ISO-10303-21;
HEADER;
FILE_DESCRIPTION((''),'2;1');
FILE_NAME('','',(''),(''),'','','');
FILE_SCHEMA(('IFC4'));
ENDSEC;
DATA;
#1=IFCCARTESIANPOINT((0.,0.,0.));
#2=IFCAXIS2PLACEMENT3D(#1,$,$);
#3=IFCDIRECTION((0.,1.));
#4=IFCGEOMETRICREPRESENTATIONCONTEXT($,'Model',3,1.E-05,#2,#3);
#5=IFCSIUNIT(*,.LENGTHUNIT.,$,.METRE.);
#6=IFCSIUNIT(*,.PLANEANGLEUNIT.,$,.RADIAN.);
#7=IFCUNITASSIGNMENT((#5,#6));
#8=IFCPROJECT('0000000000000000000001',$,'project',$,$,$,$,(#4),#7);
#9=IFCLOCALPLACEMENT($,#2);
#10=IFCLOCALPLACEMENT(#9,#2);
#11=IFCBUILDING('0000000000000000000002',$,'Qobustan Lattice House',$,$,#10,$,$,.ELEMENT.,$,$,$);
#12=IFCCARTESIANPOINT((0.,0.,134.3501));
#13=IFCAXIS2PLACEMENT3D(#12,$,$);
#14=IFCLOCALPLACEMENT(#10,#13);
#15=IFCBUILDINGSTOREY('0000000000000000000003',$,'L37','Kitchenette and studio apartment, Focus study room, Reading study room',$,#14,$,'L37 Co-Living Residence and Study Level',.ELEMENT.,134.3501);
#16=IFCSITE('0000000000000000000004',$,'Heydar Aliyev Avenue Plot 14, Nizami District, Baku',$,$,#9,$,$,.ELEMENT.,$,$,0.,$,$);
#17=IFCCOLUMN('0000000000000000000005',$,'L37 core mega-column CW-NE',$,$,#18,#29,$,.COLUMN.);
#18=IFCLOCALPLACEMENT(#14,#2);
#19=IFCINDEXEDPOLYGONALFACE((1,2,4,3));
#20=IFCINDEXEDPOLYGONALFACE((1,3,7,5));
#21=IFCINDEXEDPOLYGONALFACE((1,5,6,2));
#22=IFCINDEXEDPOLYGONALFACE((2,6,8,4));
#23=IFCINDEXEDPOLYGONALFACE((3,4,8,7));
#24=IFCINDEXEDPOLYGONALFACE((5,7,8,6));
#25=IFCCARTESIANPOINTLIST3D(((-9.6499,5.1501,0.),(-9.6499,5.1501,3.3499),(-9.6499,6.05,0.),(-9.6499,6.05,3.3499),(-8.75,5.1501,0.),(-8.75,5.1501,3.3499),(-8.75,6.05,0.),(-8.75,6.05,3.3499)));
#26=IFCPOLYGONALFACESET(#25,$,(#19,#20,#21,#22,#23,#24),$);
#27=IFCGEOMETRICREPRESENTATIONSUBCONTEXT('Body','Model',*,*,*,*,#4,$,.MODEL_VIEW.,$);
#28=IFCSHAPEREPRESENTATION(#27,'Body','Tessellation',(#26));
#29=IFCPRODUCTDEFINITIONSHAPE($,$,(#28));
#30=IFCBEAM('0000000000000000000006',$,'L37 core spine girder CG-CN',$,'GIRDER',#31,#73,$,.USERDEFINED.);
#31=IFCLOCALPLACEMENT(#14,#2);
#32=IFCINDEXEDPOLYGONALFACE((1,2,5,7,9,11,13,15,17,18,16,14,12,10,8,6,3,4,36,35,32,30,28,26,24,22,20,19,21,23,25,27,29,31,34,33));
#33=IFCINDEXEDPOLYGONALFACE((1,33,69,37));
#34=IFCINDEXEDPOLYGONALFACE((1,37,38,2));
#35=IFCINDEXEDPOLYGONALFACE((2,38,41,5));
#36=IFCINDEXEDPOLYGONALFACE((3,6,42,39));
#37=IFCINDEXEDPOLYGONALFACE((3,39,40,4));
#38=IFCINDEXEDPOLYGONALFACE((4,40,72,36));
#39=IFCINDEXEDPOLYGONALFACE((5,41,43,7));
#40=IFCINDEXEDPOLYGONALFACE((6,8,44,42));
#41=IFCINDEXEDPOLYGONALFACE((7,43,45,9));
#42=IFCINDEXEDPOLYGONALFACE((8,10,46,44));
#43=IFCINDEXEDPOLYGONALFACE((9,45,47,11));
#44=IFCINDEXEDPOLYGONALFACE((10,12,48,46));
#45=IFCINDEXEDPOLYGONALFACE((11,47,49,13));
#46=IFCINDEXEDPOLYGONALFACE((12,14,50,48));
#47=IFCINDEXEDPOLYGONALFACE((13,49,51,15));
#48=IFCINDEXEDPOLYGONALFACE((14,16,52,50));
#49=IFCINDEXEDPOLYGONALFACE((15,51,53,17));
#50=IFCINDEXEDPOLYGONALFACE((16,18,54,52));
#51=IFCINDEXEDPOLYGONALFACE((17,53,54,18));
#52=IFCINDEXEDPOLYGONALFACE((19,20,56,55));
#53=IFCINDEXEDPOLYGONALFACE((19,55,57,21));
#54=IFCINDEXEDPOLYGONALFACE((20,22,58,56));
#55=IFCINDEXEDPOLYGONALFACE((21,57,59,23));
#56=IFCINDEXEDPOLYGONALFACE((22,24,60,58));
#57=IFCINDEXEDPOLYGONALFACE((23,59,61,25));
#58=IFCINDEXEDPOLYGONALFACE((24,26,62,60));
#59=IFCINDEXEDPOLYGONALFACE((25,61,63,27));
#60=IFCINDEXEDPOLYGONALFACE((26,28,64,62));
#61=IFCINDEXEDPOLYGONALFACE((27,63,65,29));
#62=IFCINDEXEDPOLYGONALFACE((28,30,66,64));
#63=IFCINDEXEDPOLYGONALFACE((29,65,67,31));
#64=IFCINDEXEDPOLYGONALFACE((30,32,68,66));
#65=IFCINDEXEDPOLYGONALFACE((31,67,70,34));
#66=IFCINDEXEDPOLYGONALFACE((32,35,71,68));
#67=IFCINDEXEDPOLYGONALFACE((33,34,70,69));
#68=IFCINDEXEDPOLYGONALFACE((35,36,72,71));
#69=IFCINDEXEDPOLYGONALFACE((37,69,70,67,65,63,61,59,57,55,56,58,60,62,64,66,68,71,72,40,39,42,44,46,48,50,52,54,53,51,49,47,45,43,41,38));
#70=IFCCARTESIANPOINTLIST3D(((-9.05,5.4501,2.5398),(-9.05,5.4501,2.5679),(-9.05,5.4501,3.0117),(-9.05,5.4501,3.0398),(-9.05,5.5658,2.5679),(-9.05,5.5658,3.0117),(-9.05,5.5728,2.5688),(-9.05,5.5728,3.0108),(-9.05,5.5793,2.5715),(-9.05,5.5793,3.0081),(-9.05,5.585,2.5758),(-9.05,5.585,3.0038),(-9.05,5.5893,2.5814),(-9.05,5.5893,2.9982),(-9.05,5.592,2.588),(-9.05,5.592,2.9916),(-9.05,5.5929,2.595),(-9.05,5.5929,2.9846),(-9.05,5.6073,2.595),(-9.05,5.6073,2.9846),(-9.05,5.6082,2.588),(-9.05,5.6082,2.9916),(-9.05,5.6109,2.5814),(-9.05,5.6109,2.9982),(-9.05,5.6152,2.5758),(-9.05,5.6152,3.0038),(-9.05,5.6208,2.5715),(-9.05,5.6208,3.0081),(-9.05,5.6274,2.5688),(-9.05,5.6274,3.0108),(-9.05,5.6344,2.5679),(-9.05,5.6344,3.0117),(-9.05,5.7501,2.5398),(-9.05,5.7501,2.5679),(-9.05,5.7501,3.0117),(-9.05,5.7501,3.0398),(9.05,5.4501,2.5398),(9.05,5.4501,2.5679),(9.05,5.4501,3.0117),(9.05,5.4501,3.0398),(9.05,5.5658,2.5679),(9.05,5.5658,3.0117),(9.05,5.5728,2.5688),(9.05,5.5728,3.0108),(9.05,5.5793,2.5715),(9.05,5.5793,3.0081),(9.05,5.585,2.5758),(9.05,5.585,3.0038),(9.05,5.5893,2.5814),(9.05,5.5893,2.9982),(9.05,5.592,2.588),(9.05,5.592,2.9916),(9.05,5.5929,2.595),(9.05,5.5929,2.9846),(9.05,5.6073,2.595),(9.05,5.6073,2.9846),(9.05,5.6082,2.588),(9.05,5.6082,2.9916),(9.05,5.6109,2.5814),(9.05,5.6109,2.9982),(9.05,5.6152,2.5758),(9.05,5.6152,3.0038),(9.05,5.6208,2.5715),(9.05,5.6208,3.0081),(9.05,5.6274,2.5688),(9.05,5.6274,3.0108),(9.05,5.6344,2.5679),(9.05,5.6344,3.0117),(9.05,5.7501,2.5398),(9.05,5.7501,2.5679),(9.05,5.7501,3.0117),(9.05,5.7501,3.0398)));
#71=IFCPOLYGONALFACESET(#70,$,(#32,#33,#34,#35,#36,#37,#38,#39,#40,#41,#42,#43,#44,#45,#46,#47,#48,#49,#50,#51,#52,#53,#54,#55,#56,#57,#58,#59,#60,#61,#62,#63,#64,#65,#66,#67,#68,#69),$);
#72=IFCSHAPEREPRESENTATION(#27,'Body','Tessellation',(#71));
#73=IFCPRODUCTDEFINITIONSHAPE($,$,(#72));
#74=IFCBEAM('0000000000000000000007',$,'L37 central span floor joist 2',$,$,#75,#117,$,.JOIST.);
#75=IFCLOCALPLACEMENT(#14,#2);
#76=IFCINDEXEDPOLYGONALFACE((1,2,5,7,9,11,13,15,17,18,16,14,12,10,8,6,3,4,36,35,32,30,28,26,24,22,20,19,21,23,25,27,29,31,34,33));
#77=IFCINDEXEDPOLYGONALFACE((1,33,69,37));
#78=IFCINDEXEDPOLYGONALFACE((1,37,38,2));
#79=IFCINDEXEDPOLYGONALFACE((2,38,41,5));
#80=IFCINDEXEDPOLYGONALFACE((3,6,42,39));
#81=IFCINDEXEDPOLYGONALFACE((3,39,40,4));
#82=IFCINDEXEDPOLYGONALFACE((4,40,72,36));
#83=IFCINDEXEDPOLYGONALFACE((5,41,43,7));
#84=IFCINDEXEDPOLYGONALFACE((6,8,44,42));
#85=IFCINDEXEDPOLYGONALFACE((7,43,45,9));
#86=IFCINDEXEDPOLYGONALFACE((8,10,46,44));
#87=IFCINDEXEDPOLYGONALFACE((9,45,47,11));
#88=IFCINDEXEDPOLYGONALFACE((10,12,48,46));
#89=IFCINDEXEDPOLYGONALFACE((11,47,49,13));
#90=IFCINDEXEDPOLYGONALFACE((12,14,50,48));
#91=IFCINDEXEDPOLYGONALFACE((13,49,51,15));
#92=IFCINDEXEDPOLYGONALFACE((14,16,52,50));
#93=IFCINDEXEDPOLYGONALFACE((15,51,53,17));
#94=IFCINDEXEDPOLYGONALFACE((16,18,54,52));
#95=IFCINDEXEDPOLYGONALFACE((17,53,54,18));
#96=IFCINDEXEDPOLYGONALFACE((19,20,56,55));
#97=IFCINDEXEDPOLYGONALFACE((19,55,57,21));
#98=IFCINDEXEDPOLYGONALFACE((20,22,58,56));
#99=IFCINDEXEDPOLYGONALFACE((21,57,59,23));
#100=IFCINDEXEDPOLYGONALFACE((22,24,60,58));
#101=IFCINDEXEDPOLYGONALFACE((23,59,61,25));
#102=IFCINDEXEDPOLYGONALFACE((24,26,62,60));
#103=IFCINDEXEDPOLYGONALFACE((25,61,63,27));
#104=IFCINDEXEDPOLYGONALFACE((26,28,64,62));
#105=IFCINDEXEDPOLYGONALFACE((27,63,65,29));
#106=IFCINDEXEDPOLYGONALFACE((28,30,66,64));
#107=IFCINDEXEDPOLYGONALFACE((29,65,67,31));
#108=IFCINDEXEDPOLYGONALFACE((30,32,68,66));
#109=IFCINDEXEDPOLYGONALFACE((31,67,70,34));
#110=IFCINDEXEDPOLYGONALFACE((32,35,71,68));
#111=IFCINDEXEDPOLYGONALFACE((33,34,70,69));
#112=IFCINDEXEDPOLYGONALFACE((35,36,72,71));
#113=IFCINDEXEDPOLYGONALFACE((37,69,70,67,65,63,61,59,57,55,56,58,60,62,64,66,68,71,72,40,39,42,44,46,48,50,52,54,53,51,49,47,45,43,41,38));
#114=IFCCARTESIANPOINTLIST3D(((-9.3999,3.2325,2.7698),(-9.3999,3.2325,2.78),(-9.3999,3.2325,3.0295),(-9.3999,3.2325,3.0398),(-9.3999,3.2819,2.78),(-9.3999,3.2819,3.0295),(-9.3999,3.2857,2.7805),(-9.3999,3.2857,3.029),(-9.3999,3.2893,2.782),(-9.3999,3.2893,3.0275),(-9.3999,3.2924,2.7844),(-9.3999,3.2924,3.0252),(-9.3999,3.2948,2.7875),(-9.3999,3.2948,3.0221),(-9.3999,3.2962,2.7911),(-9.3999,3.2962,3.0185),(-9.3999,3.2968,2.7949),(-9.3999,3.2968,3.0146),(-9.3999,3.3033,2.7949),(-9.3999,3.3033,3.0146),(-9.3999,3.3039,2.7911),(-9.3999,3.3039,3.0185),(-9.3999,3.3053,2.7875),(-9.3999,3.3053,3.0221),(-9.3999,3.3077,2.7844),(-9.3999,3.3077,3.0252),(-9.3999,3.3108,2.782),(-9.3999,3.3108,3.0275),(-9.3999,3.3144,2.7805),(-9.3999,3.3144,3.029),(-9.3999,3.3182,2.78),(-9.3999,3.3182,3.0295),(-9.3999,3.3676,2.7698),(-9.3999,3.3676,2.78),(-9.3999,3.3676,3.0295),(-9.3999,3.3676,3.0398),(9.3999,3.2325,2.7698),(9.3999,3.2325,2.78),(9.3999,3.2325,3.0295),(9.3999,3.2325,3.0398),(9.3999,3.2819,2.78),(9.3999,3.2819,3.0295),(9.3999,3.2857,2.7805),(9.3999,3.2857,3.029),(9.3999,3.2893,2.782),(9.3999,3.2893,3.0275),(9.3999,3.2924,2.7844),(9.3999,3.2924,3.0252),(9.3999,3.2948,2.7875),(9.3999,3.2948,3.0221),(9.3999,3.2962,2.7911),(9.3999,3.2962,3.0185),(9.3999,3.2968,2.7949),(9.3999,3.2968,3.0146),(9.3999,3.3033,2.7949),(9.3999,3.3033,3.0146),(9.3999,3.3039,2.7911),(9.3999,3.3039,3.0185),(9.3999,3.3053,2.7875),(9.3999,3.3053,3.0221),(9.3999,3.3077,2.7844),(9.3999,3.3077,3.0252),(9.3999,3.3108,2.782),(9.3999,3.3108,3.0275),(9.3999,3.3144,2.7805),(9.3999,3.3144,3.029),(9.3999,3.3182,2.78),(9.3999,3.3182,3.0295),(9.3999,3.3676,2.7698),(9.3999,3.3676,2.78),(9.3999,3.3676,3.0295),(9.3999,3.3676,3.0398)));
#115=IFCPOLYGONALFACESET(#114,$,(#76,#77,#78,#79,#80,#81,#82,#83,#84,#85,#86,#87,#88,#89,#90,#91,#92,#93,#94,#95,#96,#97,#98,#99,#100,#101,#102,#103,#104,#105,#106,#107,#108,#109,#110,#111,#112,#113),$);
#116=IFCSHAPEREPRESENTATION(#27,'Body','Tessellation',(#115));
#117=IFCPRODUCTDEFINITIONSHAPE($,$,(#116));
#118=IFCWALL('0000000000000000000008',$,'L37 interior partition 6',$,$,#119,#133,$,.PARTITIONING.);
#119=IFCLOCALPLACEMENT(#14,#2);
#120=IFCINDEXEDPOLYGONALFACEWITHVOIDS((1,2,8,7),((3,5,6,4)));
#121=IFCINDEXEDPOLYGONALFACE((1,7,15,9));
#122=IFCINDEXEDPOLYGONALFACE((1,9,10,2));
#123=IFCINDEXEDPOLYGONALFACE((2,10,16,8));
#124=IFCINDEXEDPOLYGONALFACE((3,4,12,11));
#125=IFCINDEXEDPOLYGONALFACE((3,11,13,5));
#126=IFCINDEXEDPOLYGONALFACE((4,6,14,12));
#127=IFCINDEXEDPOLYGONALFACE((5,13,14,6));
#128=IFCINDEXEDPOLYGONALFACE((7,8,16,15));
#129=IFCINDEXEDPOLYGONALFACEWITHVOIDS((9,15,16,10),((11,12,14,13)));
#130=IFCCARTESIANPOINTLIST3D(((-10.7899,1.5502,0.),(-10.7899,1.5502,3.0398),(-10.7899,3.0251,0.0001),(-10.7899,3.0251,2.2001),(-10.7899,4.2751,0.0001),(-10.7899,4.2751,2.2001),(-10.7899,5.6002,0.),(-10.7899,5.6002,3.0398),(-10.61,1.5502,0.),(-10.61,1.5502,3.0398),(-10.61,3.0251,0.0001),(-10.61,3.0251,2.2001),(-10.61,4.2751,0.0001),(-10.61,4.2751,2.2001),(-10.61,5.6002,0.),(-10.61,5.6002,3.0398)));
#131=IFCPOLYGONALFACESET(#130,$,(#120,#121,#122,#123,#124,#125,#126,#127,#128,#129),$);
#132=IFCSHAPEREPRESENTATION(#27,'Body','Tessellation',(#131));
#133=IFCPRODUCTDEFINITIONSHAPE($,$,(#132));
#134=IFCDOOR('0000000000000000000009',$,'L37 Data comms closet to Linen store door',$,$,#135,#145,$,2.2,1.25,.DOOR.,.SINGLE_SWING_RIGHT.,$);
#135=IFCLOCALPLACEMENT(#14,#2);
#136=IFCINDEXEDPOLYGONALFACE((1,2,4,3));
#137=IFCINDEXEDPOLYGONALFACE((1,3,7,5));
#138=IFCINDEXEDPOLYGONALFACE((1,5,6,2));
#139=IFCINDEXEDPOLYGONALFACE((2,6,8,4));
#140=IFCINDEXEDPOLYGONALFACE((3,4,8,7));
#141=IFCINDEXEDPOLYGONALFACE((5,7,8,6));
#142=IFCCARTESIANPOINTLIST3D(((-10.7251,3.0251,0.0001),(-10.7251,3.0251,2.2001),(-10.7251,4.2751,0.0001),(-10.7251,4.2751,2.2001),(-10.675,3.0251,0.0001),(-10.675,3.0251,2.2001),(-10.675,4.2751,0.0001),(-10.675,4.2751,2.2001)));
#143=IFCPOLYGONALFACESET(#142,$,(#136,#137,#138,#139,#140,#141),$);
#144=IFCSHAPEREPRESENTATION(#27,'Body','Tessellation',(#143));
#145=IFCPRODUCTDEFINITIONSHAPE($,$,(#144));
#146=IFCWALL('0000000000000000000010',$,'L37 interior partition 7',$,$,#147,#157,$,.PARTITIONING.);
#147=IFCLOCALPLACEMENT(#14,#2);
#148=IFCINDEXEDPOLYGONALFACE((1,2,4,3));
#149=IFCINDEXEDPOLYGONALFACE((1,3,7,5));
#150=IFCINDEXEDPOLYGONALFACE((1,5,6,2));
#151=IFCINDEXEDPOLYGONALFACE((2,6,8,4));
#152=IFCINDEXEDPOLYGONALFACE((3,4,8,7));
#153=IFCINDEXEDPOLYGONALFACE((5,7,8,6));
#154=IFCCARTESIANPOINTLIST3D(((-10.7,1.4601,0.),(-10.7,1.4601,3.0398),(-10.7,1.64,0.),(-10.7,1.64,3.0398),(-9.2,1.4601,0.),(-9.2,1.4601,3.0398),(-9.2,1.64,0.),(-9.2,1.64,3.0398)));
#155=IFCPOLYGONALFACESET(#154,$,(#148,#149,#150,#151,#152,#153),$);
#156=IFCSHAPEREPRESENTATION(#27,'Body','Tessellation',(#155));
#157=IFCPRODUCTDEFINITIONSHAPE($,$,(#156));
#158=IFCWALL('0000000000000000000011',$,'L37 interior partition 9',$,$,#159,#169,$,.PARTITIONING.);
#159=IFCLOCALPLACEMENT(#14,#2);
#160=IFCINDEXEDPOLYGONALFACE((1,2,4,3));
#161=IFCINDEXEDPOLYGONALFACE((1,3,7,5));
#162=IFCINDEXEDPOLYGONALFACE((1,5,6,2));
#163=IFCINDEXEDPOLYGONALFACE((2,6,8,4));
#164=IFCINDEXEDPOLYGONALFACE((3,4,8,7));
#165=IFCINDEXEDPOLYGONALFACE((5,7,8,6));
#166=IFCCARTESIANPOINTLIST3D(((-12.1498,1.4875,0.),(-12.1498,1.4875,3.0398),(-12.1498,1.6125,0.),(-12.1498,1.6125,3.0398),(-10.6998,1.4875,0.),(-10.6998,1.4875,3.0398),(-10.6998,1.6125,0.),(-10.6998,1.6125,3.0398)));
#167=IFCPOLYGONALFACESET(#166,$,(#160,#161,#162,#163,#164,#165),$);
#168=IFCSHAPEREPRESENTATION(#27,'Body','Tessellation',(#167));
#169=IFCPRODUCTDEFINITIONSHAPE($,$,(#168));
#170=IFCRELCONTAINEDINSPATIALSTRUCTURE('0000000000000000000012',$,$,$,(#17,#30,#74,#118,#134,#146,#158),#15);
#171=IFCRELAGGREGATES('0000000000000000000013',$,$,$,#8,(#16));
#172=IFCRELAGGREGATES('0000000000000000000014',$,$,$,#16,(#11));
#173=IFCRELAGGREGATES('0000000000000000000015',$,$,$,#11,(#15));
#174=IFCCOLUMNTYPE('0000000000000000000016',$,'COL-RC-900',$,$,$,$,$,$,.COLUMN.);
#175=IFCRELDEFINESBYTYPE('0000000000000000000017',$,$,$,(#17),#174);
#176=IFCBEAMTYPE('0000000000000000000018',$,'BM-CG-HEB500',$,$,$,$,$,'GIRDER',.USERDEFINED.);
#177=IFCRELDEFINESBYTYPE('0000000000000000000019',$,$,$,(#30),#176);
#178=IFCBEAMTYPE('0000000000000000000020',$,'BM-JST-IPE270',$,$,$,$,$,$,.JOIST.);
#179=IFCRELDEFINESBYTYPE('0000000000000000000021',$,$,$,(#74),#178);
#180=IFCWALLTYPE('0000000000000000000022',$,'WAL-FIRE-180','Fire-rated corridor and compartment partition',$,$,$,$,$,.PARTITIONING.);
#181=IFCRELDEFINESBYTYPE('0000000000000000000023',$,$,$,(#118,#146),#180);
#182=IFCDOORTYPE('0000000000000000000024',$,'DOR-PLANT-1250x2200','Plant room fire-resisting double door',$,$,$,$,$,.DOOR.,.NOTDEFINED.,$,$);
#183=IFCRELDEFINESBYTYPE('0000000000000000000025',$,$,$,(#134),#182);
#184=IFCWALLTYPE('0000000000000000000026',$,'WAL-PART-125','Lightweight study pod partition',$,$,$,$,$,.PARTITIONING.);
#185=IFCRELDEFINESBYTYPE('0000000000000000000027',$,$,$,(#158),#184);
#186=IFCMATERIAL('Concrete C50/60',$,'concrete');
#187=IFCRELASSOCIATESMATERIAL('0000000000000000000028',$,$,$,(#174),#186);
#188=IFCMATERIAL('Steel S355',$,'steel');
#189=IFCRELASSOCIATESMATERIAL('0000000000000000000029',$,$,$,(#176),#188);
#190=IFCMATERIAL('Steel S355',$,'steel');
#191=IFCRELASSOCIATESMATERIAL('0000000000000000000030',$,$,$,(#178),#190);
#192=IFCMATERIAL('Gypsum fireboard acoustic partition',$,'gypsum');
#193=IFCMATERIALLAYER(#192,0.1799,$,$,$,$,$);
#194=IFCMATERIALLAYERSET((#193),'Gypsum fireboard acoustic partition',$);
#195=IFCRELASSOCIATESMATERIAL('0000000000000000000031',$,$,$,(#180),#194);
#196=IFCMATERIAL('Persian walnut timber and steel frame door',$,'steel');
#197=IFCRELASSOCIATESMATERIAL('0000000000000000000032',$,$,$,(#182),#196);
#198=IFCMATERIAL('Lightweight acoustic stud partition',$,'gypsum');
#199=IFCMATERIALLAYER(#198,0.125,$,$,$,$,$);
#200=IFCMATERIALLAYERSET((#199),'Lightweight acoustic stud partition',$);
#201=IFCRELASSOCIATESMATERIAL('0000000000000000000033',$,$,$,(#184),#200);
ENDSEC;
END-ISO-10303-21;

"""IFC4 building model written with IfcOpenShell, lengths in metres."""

from ifc_helpers import new_model, si_unit, direction, frame, frame_2d, origin, origin_2d, place, context, subcontext, project, spatial, rectangle, i_section, extrude, material, layer, layer_set, material_profile, profile_set, type_object, element, fill, save


model = new_model("IFC4")

# Units and contexts
model_context = context("Model", 3, precision=1e-05, world=origin(), true_north=direction((0.0, 1.0)))
body_context = subcontext(model_context, "Body", "Model", "MODEL_VIEW")
ifc_project = project(units=[si_unit("LENGTHUNIT", "METRE"), si_unit("PLANEANGLEUNIT", "RADIAN")], contexts=[model_context])

# Site, building, storey
site_placement = place(None, origin())
site = spatial("IfcSite", under=ifc_project, at=site_placement, Name="Heydar Aliyev Avenue Plot 14, Nizami District, Baku", CompositionType="ELEMENT", RefElevation=0.0)
building_placement = place(site_placement, origin())
building = spatial("IfcBuilding", under=site, at=building_placement, Name="Qobustan Lattice House", CompositionType="ELEMENT")
storey_placement = place(building_placement, frame((0.0, 0.0, 134.3501)))
storey = spatial("IfcBuildingStorey", under=building, at=storey_placement, Name="L37", Description="Kitchenette and studio apartment, Focus study room, Reading study room", LongName="L37 Co-Living Residence and Study Level", CompositionType="ELEMENT", Elevation=134.3501)

# Column
ifc_material_1 = material(Name="Concrete C50/60", Category="concrete")
ifc_material_profile_1 = material_profile(ifc_material_1, rectangle(XDim=0.8999, YDim=0.8999, at=origin_2d()), Name="RC900x900")
ifc_profile_set_1 = profile_set([ifc_material_profile_1], Name="Concrete C50/60")
column_type = type_object("IfcColumnType", Name="COL-RC-900", PredefinedType="COLUMN", material=ifc_profile_set_1)
column_placement = place(storey_placement, frame((-9.2, 5.6001, 0.0), z_axis=(0.0, 0.0, 1.0), x_axis=(1.0, 0.0, 0.0)))
element("IfcColumn", 1, at=column_placement, inside=storey, type_object=column_type, Name="L37 core mega-column CW-NE", PredefinedType="COLUMN", context=body_context, shape_type="SweptSolid", body=[
    extrude(rectangle(XDim=0.8999, YDim=0.8999, at=origin_2d()), origin(), (0.0, 0.0, 1.0), 3.3499),
])

# Beams
ifc_material_2 = material(Name="Steel S355", Category="steel")
ifc_material_profile_2 = material_profile(ifc_material_2, i_section(OverallWidth=0.3, OverallDepth=0.5, WebThickness=0.0144, FlangeThickness=0.0281, FilletRadius=0.0271, at=origin_2d()), Name="HEB500")
ifc_profile_set_2 = profile_set([ifc_material_profile_2], Name="Steel S355")
beam_type_1 = type_object("IfcBeamType", Name="BM-CG-HEB500", ElementType="GIRDER", PredefinedType="USERDEFINED", material=ifc_profile_set_2)
beam_1_placement = place(storey_placement, frame((-9.05, 5.6001, 2.7898), z_axis=(1.0, 0.0, 0.0), x_axis=(0.0, 1.0, 0.0)))
element("IfcBeam", 2, at=beam_1_placement, inside=storey, type_object=beam_type_1, Name="L37 core spine girder CG-CN", ObjectType="GIRDER", PredefinedType="USERDEFINED", context=body_context, shape_type="SweptSolid", body=[
    extrude(i_section(OverallWidth=0.3, OverallDepth=0.5, WebThickness=0.0144, FlangeThickness=0.0281, FilletRadius=0.0271, at=origin_2d()), origin(), (0.0, 0.0, 1.0), 18.1001),
])
ifc_material_3 = material(Name="Steel S355", Category="steel")
ifc_material_profile_3 = material_profile(ifc_material_3, i_section(OverallWidth=0.135, OverallDepth=0.27, WebThickness=0.0066, FlangeThickness=0.0103, FilletRadius=0.0149, at=origin_2d()), Name="IPE270")
ifc_profile_set_3 = profile_set([ifc_material_profile_3], Name="Steel S355")
beam_type_2 = type_object("IfcBeamType", Name="BM-JST-IPE270", PredefinedType="JOIST", material=ifc_profile_set_3)
beam_2_placement = place(storey_placement, frame((-9.3999, 3.3, 2.9048), z_axis=(1.0, 0.0, 0.0), x_axis=(0.0, 1.0, 0.0)))
element("IfcBeam", 3, at=beam_2_placement, inside=storey, type_object=beam_type_2, Name="L37 central span floor joist 2", PredefinedType="JOIST", context=body_context, shape_type="SweptSolid", body=[
    extrude(i_section(OverallWidth=0.135, OverallDepth=0.27, WebThickness=0.0066, FlangeThickness=0.0103, FilletRadius=0.0149, at=origin_2d()), origin(), (0.0, 0.0, 1.0), 18.7998),
])

# Wall, opening, door
ifc_material_4 = material(Name="Gypsum fireboard acoustic partition", Category="gypsum")
ifc_layer_1 = layer(ifc_material_4, 0.1799)
ifc_layer_set_1 = layer_set([ifc_layer_1], Name="Gypsum fireboard acoustic partition")
wall_type_1 = type_object("IfcWallType", Name="WAL-FIRE-180", Description="Fire-rated corridor and compartment partition", PredefinedType="PARTITIONING", material=ifc_layer_set_1)
wall_1_placement = place(storey_placement, frame((-10.7, 5.6001, 0.0), z_axis=(0.0, 0.0, 1.0), x_axis=(0.0, -1.0, 0.0)))
wall_1 = element("IfcWall", 4, at=wall_1_placement, inside=storey, type_object=wall_type_1, Name="L37 interior partition 6", PredefinedType="PARTITIONING", context=body_context, shape_type="SweptSolid", body=[
    extrude(rectangle(XDim=4.05, YDim=0.1799, at=frame_2d((2.0249, 0.0))), origin(), (0.0, 0.0, 1.0), 3.0398),
])
opening_1_placement = place(wall_1_placement, frame((1.325, 0.0, 0.0)))
opening_1 = element("IfcOpeningElement", 5, at=opening_1_placement, cuts=wall_1, PredefinedType="OPENING", context=body_context, shape_type="SweptSolid", body=[
    extrude(rectangle(XDim=1.25, YDim=2.2, at=frame_2d((0.625, 1.1001))), frame((0.0, 0.0999, 0.0), z_axis=(0.0, -1.0, 0.0), x_axis=(1.0, 0.0, 0.0)), (0.0, 0.0, 1.0), 0.2),
])
ifc_material_5 = material(Name="Persian walnut timber and steel frame door", Category="steel")
door_type_1 = type_object("IfcDoorType", Name="DOR-PLANT-1250x2200", Description="Plant room fire-resisting double door", OperationType="NOTDEFINED", PredefinedType="DOOR", material=ifc_material_5)
door_1_placement = place(opening_1_placement, origin())
door_1 = element("IfcDoor", 6, at=door_1_placement, inside=storey, type_object=door_type_1, Name="L37 Data comms closet to Linen store door", OperationType="SINGLE_SWING_RIGHT", OverallHeight=2.2, OverallWidth=1.25, PredefinedType="DOOR", context=body_context, shape_type="SweptSolid", body=[
    extrude(rectangle(XDim=1.25, YDim=2.2, at=frame_2d((0.625, 1.1001))), frame((0.0, 0.0249, 0.0), z_axis=(0.0, -1.0, 0.0), x_axis=(1.0, 0.0, 0.0)), (0.0, 0.0, 1.0), 0.05),
])
fill(opening_1, door_1)

# Wall
wall_2_placement = place(storey_placement, frame((-10.7, 1.55, 0.0), z_axis=(0.0, 0.0, 1.0), x_axis=(1.0, 0.0, 0.0)))
element("IfcWall", 7, at=wall_2_placement, inside=storey, type_object=wall_type_1, Name="L37 interior partition 7", PredefinedType="PARTITIONING", context=body_context, shape_type="SweptSolid", body=[
    extrude(rectangle(XDim=1.5, YDim=0.1799, at=frame_2d((0.75, 0.0))), origin(), (0.0, 0.0, 1.0), 3.0398),
])

# Wall
ifc_material_6 = material(Name="Lightweight acoustic stud partition", Category="gypsum")
ifc_layer_2 = layer(ifc_material_6, 0.125)
ifc_layer_set_2 = layer_set([ifc_layer_2], Name="Lightweight acoustic stud partition")
wall_type_2 = type_object("IfcWallType", Name="WAL-PART-125", Description="Lightweight study pod partition", PredefinedType="PARTITIONING", material=ifc_layer_set_2)
wall_3_placement = place(storey_placement, frame((-12.1499, 1.55, 0.0), z_axis=(0.0, 0.0, 1.0), x_axis=(1.0, 0.0, 0.0)))
element("IfcWall", 8, at=wall_3_placement, inside=storey, type_object=wall_type_2, Name="L37 interior partition 9", PredefinedType="PARTITIONING", context=body_context, shape_type="SweptSolid", body=[
    extrude(rectangle(XDim=1.45, YDim=0.125, at=frame_2d((0.7251, 0.0))), origin(), (0.0, 0.0, 1.0), 3.0398),
])

save(model, "model.ifc")
